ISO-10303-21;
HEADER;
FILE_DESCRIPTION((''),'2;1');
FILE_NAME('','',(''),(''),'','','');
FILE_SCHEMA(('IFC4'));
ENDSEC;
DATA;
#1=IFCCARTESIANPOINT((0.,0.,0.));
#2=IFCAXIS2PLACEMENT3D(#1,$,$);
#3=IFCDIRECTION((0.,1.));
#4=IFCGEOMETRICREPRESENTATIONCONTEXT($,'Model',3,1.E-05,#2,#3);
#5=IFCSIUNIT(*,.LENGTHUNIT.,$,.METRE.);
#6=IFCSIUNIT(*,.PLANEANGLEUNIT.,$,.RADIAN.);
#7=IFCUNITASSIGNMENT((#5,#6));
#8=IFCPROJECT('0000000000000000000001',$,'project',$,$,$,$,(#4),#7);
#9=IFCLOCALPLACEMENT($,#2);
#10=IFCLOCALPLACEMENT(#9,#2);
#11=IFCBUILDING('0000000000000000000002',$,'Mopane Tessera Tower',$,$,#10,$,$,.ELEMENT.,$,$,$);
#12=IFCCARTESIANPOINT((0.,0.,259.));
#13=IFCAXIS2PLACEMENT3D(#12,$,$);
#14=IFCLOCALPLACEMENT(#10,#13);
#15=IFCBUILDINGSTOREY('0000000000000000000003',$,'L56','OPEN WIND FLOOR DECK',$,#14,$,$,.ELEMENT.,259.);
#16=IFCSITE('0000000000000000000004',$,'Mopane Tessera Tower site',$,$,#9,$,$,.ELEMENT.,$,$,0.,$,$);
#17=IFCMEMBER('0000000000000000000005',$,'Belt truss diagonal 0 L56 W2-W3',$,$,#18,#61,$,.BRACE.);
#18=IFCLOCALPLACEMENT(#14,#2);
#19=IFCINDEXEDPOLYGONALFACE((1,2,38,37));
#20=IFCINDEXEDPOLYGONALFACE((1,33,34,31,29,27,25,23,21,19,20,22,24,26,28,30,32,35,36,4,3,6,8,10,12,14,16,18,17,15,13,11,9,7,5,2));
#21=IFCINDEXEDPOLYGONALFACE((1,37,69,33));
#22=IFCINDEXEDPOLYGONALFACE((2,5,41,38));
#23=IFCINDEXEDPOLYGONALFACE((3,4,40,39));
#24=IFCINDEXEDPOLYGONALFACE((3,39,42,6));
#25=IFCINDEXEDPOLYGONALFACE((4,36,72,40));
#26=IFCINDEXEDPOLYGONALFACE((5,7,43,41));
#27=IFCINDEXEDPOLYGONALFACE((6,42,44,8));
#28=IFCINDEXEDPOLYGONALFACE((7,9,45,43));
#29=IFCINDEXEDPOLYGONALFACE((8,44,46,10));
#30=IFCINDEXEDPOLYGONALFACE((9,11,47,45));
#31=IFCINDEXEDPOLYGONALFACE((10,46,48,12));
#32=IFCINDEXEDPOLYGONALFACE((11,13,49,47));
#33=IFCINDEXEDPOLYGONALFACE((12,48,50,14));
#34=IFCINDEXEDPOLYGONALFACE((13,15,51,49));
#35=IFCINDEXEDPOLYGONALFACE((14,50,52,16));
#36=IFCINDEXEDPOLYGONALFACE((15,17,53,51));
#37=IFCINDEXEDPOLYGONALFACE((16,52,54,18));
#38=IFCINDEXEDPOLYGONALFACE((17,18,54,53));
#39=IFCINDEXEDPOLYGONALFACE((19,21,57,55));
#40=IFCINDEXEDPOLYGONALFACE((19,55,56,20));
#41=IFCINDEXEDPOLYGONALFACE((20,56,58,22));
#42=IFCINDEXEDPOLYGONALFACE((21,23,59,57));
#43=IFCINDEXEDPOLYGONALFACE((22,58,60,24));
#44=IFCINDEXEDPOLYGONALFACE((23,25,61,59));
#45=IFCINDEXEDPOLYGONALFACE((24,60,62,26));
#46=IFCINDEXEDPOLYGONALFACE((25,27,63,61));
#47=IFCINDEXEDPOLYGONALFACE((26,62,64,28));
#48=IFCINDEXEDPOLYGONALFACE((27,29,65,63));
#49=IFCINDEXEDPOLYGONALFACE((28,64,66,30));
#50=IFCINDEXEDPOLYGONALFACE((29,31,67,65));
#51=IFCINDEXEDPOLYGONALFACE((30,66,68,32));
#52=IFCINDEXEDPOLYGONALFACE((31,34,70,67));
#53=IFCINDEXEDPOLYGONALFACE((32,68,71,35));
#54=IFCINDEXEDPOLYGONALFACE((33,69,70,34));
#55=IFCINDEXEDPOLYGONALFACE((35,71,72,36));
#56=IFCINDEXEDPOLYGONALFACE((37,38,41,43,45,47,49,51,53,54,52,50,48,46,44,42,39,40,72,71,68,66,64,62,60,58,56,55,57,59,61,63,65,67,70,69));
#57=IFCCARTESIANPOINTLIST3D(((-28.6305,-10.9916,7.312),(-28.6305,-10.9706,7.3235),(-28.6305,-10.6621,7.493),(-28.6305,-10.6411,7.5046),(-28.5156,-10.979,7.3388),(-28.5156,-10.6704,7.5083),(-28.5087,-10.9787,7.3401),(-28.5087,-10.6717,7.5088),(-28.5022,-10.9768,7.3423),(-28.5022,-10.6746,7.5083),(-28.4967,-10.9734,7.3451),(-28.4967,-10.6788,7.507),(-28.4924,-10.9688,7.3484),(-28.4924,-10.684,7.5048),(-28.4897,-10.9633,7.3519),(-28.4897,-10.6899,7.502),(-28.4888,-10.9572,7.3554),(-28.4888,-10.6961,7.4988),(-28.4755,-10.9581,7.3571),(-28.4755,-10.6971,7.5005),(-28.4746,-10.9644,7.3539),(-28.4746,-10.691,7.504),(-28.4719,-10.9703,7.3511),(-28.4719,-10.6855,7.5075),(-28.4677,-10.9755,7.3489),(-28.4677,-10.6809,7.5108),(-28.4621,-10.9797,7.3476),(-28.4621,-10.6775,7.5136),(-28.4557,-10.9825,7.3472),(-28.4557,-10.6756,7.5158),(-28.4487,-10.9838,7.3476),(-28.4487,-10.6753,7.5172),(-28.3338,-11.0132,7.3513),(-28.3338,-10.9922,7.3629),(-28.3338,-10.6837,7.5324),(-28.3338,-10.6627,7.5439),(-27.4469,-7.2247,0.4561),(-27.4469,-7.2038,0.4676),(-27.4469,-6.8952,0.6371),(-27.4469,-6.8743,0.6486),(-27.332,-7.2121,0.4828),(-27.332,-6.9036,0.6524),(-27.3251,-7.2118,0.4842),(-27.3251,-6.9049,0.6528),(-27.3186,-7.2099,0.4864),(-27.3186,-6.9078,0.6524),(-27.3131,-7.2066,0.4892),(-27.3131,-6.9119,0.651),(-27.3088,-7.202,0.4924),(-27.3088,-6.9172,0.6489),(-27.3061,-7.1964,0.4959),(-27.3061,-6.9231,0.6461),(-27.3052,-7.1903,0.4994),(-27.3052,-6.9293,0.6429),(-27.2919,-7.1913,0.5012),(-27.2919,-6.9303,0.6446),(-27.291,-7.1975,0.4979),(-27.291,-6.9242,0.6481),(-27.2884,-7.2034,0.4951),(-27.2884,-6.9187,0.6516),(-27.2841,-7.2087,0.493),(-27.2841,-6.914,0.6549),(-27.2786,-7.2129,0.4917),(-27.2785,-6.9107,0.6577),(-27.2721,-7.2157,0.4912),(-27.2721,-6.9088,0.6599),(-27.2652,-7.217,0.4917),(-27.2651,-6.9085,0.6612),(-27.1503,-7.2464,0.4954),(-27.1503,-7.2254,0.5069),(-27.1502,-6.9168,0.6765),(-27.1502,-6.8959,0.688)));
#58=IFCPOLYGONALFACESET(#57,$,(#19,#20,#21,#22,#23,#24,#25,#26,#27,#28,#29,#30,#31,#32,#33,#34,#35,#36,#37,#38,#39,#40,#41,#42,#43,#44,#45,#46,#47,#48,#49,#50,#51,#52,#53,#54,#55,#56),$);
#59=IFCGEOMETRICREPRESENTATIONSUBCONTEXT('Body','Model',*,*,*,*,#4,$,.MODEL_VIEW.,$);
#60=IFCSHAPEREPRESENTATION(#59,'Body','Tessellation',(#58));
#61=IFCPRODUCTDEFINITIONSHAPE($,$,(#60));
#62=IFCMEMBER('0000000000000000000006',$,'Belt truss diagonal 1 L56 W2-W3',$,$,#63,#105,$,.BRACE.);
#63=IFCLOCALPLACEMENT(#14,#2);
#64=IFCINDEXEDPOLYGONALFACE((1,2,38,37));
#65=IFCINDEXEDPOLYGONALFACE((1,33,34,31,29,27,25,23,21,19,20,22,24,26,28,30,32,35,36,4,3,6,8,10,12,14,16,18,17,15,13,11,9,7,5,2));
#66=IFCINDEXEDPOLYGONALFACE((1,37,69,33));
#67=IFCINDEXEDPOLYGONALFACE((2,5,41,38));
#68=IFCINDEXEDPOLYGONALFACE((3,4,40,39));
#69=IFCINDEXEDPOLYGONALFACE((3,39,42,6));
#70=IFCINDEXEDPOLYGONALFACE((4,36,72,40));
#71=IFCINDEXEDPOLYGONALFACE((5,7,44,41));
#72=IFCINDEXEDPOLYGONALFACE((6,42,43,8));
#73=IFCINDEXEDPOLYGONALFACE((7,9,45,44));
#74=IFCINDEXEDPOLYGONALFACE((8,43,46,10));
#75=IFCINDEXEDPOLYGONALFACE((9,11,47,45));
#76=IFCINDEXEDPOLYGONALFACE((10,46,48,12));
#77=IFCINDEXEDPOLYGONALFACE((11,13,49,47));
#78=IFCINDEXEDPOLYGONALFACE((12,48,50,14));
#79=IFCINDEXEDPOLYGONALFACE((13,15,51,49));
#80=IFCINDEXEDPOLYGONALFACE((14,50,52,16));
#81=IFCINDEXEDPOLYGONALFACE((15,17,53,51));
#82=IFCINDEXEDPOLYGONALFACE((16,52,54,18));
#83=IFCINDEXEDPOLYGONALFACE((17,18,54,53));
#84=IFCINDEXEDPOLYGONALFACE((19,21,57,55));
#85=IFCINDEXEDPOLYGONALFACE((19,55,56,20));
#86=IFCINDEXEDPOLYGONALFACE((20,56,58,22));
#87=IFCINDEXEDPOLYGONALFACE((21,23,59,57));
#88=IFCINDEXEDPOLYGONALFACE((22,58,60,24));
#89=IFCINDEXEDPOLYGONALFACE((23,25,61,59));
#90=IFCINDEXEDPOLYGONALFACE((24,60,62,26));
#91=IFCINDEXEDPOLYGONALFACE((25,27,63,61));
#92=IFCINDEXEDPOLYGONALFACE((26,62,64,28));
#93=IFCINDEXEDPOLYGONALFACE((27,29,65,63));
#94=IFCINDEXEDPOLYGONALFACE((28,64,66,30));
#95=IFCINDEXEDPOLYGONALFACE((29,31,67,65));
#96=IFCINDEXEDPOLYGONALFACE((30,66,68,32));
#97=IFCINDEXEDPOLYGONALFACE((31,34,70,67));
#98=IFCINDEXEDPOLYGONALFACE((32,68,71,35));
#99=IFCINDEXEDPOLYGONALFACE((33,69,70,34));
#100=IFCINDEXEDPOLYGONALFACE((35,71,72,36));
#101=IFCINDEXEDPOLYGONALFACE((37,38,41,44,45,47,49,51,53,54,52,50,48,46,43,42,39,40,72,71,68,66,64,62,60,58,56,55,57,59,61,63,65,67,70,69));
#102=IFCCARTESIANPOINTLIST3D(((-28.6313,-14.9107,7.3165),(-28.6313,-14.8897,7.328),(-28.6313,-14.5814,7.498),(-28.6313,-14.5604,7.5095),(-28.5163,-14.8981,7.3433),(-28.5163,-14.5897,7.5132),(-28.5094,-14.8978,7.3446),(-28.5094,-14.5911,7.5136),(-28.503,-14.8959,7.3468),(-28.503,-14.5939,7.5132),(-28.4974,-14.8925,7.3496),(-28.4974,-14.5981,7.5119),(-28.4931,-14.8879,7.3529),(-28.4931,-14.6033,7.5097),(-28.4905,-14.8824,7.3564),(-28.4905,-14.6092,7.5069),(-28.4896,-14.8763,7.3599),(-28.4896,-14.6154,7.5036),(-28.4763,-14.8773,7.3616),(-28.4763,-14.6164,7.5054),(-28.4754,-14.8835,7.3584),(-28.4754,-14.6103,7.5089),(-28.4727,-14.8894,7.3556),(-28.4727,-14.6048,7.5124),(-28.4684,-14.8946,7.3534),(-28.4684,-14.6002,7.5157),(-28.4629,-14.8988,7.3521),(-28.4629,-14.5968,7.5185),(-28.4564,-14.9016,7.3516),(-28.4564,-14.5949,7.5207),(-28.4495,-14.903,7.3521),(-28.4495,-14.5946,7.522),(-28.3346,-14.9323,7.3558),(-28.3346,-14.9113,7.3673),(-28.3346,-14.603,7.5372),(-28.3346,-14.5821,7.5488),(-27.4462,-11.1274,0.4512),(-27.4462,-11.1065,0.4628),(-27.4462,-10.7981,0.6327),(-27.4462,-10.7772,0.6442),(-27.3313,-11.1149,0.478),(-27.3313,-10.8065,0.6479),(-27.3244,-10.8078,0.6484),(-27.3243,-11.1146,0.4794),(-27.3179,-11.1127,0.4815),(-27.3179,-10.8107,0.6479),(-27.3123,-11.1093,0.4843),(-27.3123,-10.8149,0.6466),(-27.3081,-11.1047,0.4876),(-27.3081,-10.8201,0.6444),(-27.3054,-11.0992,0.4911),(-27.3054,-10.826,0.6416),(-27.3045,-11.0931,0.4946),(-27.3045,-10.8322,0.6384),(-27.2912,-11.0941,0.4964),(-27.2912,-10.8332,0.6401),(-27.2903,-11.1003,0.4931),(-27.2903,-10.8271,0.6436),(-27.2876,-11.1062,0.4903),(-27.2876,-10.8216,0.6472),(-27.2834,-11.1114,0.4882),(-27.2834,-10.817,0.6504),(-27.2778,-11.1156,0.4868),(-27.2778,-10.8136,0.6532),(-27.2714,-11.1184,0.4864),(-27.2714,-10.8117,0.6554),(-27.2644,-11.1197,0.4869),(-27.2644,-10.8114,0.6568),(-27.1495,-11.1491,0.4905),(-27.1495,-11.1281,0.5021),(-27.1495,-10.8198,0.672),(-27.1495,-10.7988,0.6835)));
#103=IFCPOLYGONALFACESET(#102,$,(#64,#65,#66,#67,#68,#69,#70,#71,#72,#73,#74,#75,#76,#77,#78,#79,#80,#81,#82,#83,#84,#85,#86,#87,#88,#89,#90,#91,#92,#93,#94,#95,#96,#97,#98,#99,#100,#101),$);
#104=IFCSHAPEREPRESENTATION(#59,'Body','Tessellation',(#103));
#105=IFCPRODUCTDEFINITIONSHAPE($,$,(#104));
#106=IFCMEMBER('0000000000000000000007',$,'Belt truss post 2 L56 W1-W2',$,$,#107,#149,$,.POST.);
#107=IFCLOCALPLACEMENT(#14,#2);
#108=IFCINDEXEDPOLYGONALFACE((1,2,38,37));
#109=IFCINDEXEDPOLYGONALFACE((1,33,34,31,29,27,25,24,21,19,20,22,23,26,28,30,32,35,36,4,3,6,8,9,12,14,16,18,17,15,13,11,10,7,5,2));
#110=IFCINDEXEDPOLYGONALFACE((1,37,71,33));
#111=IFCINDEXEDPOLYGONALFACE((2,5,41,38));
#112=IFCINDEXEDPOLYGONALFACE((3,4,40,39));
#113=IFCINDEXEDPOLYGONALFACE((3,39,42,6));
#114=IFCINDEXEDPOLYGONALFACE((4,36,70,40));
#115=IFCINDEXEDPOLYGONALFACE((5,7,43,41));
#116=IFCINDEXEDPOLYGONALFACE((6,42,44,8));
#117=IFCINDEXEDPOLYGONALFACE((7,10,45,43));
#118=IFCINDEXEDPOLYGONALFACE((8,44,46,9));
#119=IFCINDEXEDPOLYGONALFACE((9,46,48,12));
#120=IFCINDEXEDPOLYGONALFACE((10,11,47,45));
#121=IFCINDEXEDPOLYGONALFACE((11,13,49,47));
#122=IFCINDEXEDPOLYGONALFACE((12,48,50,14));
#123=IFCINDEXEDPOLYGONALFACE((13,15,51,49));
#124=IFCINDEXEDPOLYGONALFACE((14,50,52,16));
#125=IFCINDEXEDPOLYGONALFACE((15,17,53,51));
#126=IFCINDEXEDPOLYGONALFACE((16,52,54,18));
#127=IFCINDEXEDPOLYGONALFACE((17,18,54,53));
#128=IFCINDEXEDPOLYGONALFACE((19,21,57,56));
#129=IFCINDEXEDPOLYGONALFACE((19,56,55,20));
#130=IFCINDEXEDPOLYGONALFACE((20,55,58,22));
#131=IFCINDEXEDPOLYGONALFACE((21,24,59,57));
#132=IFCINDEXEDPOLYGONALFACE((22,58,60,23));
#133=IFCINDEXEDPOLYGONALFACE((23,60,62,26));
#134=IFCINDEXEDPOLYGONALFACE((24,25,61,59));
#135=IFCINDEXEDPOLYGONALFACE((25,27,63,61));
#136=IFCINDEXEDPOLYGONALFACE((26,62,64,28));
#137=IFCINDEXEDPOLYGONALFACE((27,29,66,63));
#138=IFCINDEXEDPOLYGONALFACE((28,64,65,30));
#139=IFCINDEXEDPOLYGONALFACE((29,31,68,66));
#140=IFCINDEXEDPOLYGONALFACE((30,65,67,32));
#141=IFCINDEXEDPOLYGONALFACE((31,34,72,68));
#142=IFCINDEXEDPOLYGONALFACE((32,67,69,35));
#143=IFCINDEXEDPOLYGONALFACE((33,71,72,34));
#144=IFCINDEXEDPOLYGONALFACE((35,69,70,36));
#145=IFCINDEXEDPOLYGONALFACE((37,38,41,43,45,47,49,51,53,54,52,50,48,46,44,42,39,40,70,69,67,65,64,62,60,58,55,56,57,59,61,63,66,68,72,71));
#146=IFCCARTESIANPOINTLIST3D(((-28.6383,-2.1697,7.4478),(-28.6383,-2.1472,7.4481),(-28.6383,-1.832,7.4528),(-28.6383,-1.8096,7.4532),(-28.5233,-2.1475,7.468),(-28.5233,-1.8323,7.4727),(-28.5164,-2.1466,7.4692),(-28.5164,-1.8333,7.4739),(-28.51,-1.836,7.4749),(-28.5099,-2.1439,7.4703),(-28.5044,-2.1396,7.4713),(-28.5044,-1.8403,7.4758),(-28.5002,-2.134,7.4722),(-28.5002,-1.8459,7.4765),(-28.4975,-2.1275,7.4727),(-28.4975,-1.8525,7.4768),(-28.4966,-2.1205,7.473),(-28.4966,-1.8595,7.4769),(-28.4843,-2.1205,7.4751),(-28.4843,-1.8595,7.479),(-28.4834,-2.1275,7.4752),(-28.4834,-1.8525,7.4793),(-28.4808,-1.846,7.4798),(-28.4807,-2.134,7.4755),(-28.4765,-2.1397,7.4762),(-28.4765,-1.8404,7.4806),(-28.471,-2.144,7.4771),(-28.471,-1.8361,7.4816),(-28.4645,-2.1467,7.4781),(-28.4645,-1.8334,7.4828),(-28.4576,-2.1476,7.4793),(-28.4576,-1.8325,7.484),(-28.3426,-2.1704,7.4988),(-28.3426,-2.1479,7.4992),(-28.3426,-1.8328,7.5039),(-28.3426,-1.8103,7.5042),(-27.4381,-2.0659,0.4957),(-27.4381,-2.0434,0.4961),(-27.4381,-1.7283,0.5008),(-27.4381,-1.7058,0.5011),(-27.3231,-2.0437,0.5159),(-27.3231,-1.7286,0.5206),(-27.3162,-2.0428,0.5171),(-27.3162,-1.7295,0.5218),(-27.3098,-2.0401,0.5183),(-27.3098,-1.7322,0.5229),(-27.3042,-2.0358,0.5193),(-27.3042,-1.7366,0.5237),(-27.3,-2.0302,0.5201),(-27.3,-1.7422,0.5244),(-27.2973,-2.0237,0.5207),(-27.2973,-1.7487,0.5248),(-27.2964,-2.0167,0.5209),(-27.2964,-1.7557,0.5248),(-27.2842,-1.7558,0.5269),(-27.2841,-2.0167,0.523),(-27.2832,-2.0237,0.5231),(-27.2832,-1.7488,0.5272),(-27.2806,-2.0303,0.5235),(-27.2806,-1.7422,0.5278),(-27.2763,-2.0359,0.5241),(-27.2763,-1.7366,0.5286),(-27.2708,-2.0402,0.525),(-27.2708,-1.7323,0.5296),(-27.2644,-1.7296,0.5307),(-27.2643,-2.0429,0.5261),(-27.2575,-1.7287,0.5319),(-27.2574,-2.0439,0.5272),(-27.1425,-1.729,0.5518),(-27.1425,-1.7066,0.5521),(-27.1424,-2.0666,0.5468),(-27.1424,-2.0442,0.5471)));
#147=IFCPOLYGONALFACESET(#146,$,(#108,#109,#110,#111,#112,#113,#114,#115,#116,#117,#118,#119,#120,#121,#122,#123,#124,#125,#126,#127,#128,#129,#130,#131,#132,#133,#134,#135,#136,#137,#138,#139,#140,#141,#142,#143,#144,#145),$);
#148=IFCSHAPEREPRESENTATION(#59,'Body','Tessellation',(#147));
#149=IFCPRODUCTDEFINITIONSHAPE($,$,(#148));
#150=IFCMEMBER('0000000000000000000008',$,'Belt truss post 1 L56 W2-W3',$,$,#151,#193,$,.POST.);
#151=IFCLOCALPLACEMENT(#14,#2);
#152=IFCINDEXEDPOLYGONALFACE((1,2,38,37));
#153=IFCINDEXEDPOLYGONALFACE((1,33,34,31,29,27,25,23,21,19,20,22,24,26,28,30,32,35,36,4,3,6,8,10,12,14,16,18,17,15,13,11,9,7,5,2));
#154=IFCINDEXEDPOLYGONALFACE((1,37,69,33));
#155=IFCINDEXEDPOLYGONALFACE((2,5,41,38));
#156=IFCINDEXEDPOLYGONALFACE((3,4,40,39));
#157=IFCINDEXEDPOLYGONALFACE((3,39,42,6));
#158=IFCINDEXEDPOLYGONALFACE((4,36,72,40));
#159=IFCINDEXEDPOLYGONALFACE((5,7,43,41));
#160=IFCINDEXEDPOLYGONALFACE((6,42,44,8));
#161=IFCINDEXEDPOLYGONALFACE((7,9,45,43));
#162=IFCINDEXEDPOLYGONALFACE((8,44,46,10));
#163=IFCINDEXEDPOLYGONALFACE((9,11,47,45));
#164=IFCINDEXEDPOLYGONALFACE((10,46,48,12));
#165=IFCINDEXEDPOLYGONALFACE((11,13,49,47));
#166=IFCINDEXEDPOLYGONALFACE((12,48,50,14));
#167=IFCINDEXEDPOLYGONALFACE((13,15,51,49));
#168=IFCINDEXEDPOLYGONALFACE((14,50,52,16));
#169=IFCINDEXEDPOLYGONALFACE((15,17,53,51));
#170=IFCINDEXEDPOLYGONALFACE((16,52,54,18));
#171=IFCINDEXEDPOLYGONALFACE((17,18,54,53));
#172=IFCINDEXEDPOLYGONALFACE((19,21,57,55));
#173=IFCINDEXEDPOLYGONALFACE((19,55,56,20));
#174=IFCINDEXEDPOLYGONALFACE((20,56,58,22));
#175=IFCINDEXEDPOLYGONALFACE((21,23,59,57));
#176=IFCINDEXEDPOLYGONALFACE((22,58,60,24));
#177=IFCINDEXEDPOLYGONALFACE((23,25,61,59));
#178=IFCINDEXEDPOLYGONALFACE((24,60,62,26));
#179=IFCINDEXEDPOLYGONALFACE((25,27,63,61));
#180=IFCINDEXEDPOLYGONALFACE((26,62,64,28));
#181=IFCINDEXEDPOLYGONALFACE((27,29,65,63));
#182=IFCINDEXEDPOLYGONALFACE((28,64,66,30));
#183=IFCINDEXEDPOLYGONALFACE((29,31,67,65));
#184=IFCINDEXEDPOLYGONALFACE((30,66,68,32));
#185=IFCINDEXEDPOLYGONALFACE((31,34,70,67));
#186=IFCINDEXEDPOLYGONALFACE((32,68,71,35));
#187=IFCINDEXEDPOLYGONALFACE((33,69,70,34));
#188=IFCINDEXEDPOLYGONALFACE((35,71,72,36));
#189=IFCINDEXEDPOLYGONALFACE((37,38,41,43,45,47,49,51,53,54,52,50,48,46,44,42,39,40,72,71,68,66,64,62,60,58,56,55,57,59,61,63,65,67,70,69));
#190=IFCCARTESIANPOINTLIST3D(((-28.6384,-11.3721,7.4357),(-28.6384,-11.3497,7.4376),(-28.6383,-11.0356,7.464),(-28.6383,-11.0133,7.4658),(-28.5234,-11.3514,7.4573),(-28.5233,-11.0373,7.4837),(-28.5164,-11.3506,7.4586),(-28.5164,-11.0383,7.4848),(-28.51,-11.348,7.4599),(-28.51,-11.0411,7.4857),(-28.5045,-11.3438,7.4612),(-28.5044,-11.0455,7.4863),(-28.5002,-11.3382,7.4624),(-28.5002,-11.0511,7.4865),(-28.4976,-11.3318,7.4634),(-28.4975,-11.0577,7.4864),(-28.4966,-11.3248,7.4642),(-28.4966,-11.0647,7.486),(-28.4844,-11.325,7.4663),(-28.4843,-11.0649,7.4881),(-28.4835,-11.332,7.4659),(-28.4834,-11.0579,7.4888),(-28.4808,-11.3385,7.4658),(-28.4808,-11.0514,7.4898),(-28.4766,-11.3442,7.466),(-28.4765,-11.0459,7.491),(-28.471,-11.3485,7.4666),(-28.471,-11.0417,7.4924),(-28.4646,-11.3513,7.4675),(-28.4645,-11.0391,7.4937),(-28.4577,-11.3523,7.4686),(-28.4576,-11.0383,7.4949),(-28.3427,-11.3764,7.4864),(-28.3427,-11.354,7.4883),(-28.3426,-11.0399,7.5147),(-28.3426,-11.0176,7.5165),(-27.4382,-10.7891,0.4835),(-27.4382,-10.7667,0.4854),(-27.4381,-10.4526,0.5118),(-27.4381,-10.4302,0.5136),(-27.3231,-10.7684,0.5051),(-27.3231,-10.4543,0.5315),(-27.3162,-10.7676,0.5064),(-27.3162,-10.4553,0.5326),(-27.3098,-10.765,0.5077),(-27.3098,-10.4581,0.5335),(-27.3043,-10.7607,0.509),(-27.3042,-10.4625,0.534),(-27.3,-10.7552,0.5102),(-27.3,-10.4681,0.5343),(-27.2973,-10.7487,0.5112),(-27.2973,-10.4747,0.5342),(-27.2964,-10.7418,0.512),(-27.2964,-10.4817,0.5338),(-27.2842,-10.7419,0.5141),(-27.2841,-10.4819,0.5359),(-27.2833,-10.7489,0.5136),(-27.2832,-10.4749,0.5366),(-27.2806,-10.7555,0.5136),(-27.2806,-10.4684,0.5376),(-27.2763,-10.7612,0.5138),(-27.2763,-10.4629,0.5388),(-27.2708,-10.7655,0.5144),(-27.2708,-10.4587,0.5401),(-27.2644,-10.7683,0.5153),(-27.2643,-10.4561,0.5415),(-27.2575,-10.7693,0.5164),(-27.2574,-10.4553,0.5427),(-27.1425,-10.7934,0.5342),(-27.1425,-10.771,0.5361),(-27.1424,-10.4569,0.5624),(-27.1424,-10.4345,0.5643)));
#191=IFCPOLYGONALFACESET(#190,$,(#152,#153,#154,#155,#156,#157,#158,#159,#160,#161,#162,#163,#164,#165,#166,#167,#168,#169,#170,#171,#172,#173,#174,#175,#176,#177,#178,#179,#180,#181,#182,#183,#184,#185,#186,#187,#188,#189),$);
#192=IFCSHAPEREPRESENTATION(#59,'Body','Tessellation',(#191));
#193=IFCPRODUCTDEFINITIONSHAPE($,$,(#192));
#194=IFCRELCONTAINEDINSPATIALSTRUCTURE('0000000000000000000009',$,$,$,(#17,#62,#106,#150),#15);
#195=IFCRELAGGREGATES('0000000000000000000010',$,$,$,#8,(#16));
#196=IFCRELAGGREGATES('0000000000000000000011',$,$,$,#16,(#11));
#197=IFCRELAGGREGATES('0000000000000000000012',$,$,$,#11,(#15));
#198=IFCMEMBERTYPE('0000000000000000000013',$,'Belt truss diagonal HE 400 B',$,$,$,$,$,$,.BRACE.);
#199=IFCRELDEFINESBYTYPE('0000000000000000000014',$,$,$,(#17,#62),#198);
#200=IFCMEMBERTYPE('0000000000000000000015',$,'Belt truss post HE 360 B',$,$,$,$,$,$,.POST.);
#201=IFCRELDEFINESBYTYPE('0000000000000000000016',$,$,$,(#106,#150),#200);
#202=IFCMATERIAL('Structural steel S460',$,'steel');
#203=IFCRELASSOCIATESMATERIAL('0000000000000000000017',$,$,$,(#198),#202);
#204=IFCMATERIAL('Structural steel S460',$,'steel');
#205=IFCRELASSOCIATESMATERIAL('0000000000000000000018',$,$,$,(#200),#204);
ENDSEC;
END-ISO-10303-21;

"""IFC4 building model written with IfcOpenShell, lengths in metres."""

from ifc_helpers import new_model, si_unit, direction, frame, origin, origin_2d, place, context, subcontext, project, spatial, i_section, extrude, material, material_profile, profile_set, type_object, element, save


model = new_model("IFC4")

# Units and contexts
model_context = context("Model", 3, precision=1e-05, world=origin(), true_north=direction((0.0, 1.0)))
body_context = subcontext(model_context, "Body", "Model", "MODEL_VIEW")
ifc_project = project(units=[si_unit("LENGTHUNIT", "METRE"), si_unit("PLANEANGLEUNIT", "RADIAN")], contexts=[model_context])

# Site, building, storey
site_placement = place(None, origin())
site = spatial("IfcSite", under=ifc_project, at=site_placement, Name="Mopane Tessera Tower site", CompositionType="ELEMENT", RefElevation=0.0)
building_placement = place(site_placement, origin())
building = spatial("IfcBuilding", under=site, at=building_placement, Name="Mopane Tessera Tower", CompositionType="ELEMENT")
storey_placement = place(building_placement, frame((0.0, 0.0, 259.0)))
storey = spatial("IfcBuildingStorey", under=building, at=storey_placement, Name="L56", Description="OPEN WIND FLOOR DECK", CompositionType="ELEMENT", Elevation=259.0)

# Members
ifc_material_1 = material(Name="Structural steel S460", Category="steel")
ifc_material_profile_1 = material_profile(ifc_material_1, i_section(OverallWidth=0.3, OverallDepth=0.3999, WebThickness=0.0134, FlangeThickness=0.0239, FilletRadius=0.0271, at=origin_2d()))
ifc_profile_set_1 = profile_set([ifc_material_profile_1], Name="Structural steel S460")
member_type_1 = type_object("IfcMemberType", Name="Belt truss diagonal HE 400 B", PredefinedType="BRACE", material=ifc_profile_set_1)
member_1_placement = place(storey_placement, frame((-27.2986, -7.0603, 0.572), z_axis=(-0.149601, -0.476114, 0.866565), x_axis=(0.988746, -0.072053, 0.131107)))
element("IfcMember", 1, at=member_1_placement, inside=storey, type_object=member_type_1, Name="Belt truss diagonal 0 L56 W2-W3", PredefinedType="BRACE", context=body_context, shape_type="SweptSolid", body=[
    extrude(i_section(OverallWidth=0.3, OverallDepth=0.3999, WebThickness=0.0134, FlangeThickness=0.0239, FilletRadius=0.0271, at=origin_2d()), origin(), (0.0, 0.0, 1.0), 7.9116),
])
member_2_placement = place(storey_placement, frame((-27.2979, -10.9631, 0.5674), z_axis=(-0.149483, -0.477213, 0.865981), x_axis=(0.988764, -0.072141, 0.130924)))
element("IfcMember", 2, at=member_2_placement, inside=storey, type_object=member_type_1, Name="Belt truss diagonal 1 L56 W2-W3", PredefinedType="BRACE", context=body_context, shape_type="SweptSolid", body=[
    extrude(i_section(OverallWidth=0.3, OverallDepth=0.3999, WebThickness=0.0134, FlangeThickness=0.0239, FilletRadius=0.0271, at=origin_2d()), origin(), (0.0, 0.0, 1.0), 7.9277),
])
ifc_material_2 = material(Name="Structural steel S460", Category="steel")
ifc_material_profile_2 = material_profile(ifc_material_2, i_section(OverallWidth=0.3, OverallDepth=0.3601, WebThickness=0.0125, FlangeThickness=0.0225, FilletRadius=0.0271, at=origin_2d()))
ifc_profile_set_2 = profile_set([ifc_material_profile_2], Name="Structural steel S460")
member_type_2 = type_object("IfcMemberType", Name="Belt truss post HE 360 B", PredefinedType="POST", material=ifc_profile_set_2)
member_3_placement = place(storey_placement, frame((-27.2903, -1.8862, 0.5239), z_axis=(-0.170102, -0.014706, 0.985317), x_axis=(0.985427, -0.002474, 0.170084)))
element("IfcMember", 3, at=member_3_placement, inside=storey, type_object=member_type_2, Name="Belt truss post 2 L56 W1-W2", PredefinedType="POST", context=body_context, shape_type="SweptSolid", body=[
    extrude(i_section(OverallWidth=0.3, OverallDepth=0.3601, WebThickness=0.0125, FlangeThickness=0.0225, FilletRadius=0.0271, at=origin_2d()), origin(), (0.0, 0.0, 1.0), 7.0557),
])
member_4_placement = place(storey_placement, frame((-27.2903, -10.6118, 0.5239), z_axis=(-0.169542, -0.082357, 0.982076), x_axis=(0.985523, -0.014304, 0.168938)))
element("IfcMember", 4, at=member_4_placement, inside=storey, type_object=member_type_2, Name="Belt truss post 1 L56 W2-W3", PredefinedType="POST", context=body_context, shape_type="SweptSolid", body=[
    extrude(i_section(OverallWidth=0.3, OverallDepth=0.3601, WebThickness=0.0125, FlangeThickness=0.0225, FilletRadius=0.0271, at=origin_2d()), origin(), (0.0, 0.0, 1.0), 7.0791),
])

save(model, "model.ifc")
